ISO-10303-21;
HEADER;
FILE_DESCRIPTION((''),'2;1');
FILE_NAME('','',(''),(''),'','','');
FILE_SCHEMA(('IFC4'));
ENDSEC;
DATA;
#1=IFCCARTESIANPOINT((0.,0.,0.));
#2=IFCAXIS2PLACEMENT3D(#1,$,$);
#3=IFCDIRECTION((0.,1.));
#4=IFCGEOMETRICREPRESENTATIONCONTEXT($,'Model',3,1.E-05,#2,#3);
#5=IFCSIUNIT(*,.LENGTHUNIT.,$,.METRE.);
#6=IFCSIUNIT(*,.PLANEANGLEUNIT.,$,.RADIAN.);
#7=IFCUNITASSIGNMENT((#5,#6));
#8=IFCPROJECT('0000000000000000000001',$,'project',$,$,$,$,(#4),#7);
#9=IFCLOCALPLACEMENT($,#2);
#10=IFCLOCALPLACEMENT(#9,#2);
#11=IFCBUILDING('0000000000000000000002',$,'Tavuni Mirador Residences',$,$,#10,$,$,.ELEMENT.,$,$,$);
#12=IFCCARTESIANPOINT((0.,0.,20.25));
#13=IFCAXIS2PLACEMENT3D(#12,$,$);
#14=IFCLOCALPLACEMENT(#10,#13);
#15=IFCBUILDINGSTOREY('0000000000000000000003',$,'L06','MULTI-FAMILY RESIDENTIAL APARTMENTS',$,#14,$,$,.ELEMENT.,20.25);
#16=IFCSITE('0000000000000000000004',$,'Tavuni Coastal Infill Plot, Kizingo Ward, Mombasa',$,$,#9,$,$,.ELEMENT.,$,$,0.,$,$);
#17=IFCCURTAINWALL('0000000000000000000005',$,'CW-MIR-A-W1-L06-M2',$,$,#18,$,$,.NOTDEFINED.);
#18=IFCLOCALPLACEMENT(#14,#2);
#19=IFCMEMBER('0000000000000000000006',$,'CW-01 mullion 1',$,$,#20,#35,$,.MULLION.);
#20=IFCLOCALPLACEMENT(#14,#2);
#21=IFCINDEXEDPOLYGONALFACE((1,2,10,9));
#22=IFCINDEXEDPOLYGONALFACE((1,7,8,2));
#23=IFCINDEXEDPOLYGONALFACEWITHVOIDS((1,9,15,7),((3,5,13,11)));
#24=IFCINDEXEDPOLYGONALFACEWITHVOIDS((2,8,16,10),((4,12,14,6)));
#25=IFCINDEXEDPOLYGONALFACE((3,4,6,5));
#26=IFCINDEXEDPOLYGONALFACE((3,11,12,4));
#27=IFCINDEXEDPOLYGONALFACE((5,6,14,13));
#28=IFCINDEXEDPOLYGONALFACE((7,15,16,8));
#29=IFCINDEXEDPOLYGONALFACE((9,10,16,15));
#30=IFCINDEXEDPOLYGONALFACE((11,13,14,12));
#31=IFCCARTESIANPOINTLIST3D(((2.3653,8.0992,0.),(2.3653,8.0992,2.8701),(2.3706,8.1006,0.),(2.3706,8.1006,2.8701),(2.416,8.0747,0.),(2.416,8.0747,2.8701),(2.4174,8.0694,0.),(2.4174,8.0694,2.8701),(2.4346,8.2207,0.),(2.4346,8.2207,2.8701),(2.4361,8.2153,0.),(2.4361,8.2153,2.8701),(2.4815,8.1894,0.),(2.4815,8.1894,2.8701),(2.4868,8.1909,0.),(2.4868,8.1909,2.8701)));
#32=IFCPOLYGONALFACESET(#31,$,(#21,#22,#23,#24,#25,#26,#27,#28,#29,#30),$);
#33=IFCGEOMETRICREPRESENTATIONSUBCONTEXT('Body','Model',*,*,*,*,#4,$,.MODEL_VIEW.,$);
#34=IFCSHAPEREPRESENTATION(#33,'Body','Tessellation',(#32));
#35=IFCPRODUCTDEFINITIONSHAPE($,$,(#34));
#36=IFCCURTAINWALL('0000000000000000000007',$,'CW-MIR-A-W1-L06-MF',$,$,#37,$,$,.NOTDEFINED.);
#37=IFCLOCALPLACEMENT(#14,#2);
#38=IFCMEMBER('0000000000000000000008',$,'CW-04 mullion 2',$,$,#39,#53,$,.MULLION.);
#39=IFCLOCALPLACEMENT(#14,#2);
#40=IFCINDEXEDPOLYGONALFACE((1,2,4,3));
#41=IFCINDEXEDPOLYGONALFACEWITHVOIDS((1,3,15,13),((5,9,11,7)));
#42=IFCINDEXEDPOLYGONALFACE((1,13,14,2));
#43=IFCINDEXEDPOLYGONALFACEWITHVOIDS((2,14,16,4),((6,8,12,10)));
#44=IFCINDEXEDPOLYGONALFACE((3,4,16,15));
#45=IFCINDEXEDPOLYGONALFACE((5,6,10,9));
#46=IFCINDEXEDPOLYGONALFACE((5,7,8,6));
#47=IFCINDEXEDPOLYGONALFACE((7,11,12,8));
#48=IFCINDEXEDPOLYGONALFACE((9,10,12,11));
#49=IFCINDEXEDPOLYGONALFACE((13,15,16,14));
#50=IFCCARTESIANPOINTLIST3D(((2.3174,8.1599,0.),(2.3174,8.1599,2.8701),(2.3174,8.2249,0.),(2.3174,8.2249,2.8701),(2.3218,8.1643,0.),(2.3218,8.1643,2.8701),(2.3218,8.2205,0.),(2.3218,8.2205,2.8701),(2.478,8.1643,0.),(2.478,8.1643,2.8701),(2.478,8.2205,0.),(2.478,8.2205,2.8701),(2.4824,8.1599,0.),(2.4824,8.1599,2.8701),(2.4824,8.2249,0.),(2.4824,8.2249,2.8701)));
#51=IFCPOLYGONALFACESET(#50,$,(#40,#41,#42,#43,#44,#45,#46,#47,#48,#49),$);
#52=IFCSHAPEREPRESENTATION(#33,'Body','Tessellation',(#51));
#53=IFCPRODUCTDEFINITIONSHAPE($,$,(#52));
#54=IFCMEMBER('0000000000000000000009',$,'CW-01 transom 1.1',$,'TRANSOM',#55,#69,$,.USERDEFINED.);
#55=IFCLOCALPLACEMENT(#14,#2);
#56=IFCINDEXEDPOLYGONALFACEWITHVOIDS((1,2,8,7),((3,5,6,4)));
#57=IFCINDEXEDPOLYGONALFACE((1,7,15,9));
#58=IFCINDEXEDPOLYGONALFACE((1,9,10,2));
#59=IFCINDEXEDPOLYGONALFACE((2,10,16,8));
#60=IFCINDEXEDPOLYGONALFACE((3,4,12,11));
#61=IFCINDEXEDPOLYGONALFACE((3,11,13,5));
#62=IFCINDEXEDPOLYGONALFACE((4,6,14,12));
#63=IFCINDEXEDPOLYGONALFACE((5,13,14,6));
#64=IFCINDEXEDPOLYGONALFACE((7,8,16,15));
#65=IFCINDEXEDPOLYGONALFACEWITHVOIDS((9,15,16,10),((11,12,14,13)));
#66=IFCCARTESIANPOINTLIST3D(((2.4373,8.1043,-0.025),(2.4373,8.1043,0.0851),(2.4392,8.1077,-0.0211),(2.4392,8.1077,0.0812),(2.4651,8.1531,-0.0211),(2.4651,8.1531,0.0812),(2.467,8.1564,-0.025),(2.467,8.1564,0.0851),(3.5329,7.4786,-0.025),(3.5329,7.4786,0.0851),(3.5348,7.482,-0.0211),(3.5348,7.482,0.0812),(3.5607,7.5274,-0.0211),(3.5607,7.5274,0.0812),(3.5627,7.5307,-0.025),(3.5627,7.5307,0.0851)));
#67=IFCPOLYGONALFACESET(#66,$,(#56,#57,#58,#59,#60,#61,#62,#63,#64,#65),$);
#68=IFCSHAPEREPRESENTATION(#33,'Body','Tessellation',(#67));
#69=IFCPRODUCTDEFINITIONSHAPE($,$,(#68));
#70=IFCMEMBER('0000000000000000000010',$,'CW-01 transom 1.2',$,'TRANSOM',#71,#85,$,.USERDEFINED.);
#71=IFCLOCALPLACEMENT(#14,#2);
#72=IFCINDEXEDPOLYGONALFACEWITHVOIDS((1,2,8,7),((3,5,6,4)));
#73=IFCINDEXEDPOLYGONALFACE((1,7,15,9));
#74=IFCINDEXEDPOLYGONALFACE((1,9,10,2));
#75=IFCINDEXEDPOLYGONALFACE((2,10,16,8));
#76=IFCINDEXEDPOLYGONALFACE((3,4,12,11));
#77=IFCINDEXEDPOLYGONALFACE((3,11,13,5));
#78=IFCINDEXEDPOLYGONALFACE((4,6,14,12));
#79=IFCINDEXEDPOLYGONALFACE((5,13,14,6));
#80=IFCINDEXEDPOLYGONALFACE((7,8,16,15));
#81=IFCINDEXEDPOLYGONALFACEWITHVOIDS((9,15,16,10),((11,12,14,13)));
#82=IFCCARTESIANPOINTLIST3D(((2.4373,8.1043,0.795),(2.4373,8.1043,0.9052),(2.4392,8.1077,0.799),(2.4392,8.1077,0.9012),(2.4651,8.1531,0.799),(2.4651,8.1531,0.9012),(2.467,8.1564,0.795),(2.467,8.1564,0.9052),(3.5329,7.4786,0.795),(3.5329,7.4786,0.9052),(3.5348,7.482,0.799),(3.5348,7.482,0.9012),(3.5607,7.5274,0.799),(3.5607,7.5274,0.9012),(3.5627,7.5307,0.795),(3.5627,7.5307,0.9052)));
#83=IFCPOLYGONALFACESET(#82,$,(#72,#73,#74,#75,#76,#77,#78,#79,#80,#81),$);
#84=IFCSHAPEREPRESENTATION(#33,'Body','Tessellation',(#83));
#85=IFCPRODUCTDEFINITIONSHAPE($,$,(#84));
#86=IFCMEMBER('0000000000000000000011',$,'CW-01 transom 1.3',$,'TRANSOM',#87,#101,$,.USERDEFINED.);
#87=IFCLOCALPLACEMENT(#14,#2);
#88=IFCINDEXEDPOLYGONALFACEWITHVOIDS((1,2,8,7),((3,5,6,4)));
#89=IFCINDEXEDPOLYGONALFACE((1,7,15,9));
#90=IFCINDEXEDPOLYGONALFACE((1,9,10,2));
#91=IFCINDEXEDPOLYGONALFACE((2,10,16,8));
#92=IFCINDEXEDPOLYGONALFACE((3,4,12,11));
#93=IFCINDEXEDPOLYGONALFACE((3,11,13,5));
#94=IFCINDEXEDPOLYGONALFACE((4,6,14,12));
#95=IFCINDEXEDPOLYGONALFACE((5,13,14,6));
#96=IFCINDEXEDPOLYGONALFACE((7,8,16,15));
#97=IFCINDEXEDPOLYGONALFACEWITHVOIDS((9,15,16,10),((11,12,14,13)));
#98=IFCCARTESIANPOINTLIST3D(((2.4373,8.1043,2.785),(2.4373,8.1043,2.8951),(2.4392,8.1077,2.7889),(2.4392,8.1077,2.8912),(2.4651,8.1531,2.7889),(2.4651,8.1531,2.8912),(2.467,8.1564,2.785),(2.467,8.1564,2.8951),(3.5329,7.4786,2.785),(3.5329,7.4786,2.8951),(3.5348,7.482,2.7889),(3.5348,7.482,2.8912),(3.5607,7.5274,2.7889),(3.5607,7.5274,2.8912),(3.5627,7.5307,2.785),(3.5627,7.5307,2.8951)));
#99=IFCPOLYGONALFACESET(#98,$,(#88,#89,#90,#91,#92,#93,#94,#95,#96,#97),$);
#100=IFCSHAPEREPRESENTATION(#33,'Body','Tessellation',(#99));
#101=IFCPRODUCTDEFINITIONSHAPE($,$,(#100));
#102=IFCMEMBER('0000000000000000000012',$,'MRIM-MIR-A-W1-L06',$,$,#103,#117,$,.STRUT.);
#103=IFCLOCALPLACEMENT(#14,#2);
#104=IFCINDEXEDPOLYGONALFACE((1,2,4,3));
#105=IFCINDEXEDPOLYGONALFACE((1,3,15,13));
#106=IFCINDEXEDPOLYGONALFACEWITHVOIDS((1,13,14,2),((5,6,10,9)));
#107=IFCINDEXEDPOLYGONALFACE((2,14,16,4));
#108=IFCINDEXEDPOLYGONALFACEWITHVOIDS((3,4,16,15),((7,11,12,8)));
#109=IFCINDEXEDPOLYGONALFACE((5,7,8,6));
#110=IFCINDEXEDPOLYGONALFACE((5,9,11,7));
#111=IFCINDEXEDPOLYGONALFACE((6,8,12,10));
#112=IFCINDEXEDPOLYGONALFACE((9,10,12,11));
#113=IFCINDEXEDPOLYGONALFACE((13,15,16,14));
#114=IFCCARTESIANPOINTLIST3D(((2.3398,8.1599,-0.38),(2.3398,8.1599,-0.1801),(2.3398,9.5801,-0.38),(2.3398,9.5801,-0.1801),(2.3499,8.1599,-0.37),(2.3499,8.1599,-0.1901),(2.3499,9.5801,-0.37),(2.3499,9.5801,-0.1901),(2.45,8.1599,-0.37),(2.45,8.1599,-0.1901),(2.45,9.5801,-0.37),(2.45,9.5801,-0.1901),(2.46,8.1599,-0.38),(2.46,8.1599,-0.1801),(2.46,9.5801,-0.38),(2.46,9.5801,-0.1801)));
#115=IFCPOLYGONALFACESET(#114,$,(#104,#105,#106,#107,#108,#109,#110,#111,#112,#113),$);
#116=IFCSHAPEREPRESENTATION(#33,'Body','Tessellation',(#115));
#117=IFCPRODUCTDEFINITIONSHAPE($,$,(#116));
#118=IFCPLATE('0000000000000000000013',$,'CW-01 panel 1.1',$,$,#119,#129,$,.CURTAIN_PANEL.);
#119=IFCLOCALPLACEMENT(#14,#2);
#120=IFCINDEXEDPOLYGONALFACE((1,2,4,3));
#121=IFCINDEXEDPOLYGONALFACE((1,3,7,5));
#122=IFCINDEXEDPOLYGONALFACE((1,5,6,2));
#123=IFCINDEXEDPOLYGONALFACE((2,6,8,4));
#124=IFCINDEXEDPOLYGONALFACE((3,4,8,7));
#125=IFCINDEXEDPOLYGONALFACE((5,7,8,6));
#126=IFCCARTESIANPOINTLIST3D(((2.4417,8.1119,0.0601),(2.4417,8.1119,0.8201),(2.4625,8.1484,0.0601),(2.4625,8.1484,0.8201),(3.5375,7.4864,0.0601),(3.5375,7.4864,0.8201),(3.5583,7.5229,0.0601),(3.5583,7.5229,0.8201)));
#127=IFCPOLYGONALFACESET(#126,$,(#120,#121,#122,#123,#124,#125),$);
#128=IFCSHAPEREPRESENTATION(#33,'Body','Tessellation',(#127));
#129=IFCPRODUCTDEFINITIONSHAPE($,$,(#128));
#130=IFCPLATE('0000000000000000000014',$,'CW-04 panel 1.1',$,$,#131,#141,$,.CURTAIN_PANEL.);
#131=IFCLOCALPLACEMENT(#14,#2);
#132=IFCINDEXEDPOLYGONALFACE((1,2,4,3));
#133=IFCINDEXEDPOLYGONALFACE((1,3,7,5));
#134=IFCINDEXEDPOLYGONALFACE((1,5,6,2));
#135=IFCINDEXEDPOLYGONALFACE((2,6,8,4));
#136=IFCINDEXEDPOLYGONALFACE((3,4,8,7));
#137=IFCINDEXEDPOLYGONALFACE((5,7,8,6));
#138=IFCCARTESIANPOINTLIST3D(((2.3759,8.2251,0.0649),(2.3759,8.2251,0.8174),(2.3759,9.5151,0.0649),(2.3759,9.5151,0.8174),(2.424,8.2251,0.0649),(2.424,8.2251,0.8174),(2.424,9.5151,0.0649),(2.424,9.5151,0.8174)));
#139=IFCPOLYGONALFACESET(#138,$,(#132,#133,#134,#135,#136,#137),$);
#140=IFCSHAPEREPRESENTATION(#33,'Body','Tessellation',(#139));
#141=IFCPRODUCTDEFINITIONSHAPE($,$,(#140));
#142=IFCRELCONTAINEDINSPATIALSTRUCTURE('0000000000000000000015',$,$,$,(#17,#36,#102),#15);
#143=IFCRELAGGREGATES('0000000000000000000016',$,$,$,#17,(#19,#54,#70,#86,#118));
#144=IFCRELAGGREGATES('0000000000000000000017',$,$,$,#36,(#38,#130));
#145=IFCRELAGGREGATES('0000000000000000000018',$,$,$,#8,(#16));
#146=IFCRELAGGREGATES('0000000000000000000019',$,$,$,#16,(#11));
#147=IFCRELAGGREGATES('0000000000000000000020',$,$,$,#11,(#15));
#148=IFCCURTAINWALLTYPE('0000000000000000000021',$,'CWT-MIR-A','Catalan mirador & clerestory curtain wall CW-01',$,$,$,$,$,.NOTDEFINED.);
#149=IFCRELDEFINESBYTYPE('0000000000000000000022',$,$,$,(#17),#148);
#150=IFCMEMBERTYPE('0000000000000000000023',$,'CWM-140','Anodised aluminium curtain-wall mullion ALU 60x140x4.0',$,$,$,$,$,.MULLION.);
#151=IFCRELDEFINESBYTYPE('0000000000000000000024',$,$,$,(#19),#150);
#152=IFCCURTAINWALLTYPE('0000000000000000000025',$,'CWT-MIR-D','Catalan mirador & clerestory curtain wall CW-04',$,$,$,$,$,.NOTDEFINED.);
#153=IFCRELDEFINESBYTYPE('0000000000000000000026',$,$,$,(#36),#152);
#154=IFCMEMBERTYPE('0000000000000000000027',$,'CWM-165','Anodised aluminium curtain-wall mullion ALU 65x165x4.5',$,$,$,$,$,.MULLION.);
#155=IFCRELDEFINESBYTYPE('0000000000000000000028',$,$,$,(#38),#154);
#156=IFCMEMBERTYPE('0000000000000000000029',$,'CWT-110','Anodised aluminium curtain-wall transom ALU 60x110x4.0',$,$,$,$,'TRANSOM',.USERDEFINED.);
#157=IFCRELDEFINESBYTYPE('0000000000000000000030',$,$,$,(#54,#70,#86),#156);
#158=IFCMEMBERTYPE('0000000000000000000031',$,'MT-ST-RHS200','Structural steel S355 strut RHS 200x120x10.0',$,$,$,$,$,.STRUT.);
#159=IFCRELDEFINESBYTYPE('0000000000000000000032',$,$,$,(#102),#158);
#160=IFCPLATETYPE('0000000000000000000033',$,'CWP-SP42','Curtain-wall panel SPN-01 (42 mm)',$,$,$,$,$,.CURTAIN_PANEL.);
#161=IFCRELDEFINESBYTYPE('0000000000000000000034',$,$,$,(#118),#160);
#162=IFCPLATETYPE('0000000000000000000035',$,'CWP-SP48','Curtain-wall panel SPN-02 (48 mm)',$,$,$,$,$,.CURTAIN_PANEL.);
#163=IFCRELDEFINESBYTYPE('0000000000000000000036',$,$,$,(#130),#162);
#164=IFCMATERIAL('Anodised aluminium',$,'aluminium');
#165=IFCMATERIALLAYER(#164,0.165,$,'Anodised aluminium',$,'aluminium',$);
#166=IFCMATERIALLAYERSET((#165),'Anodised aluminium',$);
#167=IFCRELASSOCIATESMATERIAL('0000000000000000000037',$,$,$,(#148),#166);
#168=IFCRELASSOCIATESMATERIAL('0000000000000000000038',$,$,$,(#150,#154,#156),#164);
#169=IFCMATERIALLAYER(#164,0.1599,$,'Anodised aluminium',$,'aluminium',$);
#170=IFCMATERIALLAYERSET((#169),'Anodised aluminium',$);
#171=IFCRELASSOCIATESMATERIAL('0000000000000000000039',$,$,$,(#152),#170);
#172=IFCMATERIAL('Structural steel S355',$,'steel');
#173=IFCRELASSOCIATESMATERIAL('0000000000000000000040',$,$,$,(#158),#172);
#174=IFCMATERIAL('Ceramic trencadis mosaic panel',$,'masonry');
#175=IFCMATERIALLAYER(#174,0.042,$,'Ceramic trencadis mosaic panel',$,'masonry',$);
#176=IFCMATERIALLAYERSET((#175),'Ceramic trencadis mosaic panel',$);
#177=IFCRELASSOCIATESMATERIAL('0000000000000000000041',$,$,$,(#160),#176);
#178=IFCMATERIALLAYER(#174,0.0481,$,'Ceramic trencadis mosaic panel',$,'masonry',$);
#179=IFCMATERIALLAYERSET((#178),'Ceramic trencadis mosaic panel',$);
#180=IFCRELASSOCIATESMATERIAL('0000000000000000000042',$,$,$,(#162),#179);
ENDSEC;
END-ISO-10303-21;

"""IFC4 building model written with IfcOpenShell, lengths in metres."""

from ifc_helpers import new_model, si_unit, direction, frame, origin, origin_2d, place, context, subcontext, project, spatial, rectangle, hollow_rectangle, extrude, material, layer, layer_set, material_profile, profile_set, type_object, element, aggregate, save


model = new_model("IFC4")

# Units and contexts
model_context = context("Model", 3, precision=1e-05, world=origin(), true_north=direction((0.0, 1.0)))
body_context = subcontext(model_context, "Body", "Model", "MODEL_VIEW")
ifc_project = project(units=[si_unit("LENGTHUNIT", "METRE"), si_unit("PLANEANGLEUNIT", "RADIAN")], contexts=[model_context])

# Site, building, storey
site_placement = place(None, origin())
site = spatial("IfcSite", under=ifc_project, at=site_placement, Name="Tavuni Coastal Infill Plot, Kizingo Ward, Mombasa", CompositionType="ELEMENT", RefElevation=0.0)
building_placement = place(site_placement, origin())
building = spatial("IfcBuilding", under=site, at=building_placement, Name="Tavuni Mirador Residences", CompositionType="ELEMENT")
storey_placement = place(building_placement, frame((0.0, 0.0, 20.25)))
storey = spatial("IfcBuildingStorey", under=building, at=storey_placement, Name="L06", Description="MULTI-FAMILY RESIDENTIAL APARTMENTS", CompositionType="ELEMENT", Elevation=20.25)

# Curtain walls, members
ifc_material_1 = material(Name="Anodised aluminium", Category="aluminium")
ifc_layer_1 = layer(ifc_material_1, 0.165, Name="Anodised aluminium", Category="aluminium")
ifc_layer_set_1 = layer_set([ifc_layer_1], Name="Anodised aluminium")
curtain_wall_type_1 = type_object("IfcCurtainWallType", Name="CWT-MIR-A", Description="Catalan mirador & clerestory curtain wall CW-01", PredefinedType="NOTDEFINED", material=ifc_layer_set_1)
curtain_wall_1_placement = place(storey_placement, origin())
curtain_wall_1 = element("IfcCurtainWall", 1, at=curtain_wall_1_placement, inside=storey, type_object=curtain_wall_type_1, Name="CW-MIR-A-W1-L06-M2", PredefinedType="NOTDEFINED")
ifc_material_profile_1 = material_profile(ifc_material_1, hollow_rectangle(XDim=0.0601, YDim=0.1399, WallThickness=0.0039, at=origin_2d()), Name="ALU 60x140x4.0", Category="aluminium")
ifc_profile_set_1 = profile_set([ifc_material_profile_1], Name="Anodised aluminium")
member_type_1 = type_object("IfcMemberType", Name="CWM-140", Description="Anodised aluminium curtain-wall mullion ALU 60x140x4.0", PredefinedType="MULLION", material=ifc_profile_set_1)
member_1_placement = place(storey_placement, frame((2.426, 8.145, 0.0), z_axis=(0.0, 0.0, 1.0), x_axis=(0.868466, -0.495749, 0.0)))
member_1 = element("IfcMember", 2, at=member_1_placement, type_object=member_type_1, Name="CW-01 mullion 1", PredefinedType="MULLION", context=body_context, shape_type="SweptSolid", body=[
    extrude(hollow_rectangle(XDim=0.0601, YDim=0.1399, WallThickness=0.0039, at=origin_2d()), origin(), (0.0, 0.0, 1.0), 2.8701),
])
ifc_layer_2 = layer(ifc_material_1, 0.1599, Name="Anodised aluminium", Category="aluminium")
ifc_layer_set_2 = layer_set([ifc_layer_2], Name="Anodised aluminium")
curtain_wall_type_2 = type_object("IfcCurtainWallType", Name="CWT-MIR-D", Description="Catalan mirador & clerestory curtain wall CW-04", PredefinedType="NOTDEFINED", material=ifc_layer_set_2)
curtain_wall_2_placement = place(storey_placement, origin())
curtain_wall_2 = element("IfcCurtainWall", 3, at=curtain_wall_2_placement, inside=storey, type_object=curtain_wall_type_2, Name="CW-MIR-A-W1-L06-MF", PredefinedType="NOTDEFINED")
ifc_material_profile_2 = material_profile(ifc_material_1, hollow_rectangle(XDim=0.0649, YDim=0.165, WallThickness=0.0044, at=origin_2d()), Name="ALU 65x165x4.5", Category="aluminium")
ifc_profile_set_2 = profile_set([ifc_material_profile_2], Name="Anodised aluminium")
member_type_2 = type_object("IfcMemberType", Name="CWM-165", Description="Anodised aluminium curtain-wall mullion ALU 65x165x4.5", PredefinedType="MULLION", material=ifc_profile_set_2)
member_2_placement = place(storey_placement, frame((2.3999, 8.1924, 0.0), z_axis=(0.0, 0.0, 1.0), x_axis=(0.0, -1.0, 0.0)))
member_2 = element("IfcMember", 4, at=member_2_placement, type_object=member_type_2, Name="CW-04 mullion 2", PredefinedType="MULLION", context=body_context, shape_type="SweptSolid", body=[
    extrude(hollow_rectangle(XDim=0.0649, YDim=0.165, WallThickness=0.0044, at=origin_2d()), origin(), (0.0, 0.0, 1.0), 2.8701),
])

# Members
ifc_material_profile_3 = material_profile(ifc_material_1, hollow_rectangle(XDim=0.0601, YDim=0.1101, WallThickness=0.0039, at=origin_2d()), Name="ALU 60x110x4.0", Category="aluminium")
ifc_profile_set_3 = profile_set([ifc_material_profile_3], Name="Anodised aluminium")
member_type_3 = type_object("IfcMemberType", Name="CWT-110", Description="Anodised aluminium curtain-wall transom ALU 60x110x4.0", ElementType="TRANSOM", PredefinedType="USERDEFINED", material=ifc_profile_set_3)
member_3_placement = place(storey_placement, frame((2.4521, 8.1304, 0.03), z_axis=(0.868374, -0.49591, 0.0), x_axis=(0.49591, 0.868374, 0.0)))
member_3 = element("IfcMember", 5, at=member_3_placement, type_object=member_type_3, Name="CW-01 transom 1.1", ObjectType="TRANSOM", PredefinedType="USERDEFINED", context=body_context, shape_type="SweptSolid", body=[
    extrude(hollow_rectangle(XDim=0.0601, YDim=0.1101, WallThickness=0.0039, at=origin_2d()), origin(), (0.0, 0.0, 1.0), 1.2617),
])
member_4_placement = place(storey_placement, frame((2.4521, 8.1304, 0.8501), z_axis=(0.868374, -0.49591, 0.0), x_axis=(0.49591, 0.868374, 0.0)))
member_4 = element("IfcMember", 6, at=member_4_placement, type_object=member_type_3, Name="CW-01 transom 1.2", ObjectType="TRANSOM", PredefinedType="USERDEFINED", context=body_context, shape_type="SweptSolid", body=[
    extrude(hollow_rectangle(XDim=0.0601, YDim=0.1101, WallThickness=0.0039, at=origin_2d()), origin(), (0.0, 0.0, 1.0), 1.2617),
])
member_5_placement = place(storey_placement, frame((2.4521, 8.1304, 2.8401), z_axis=(0.868374, -0.49591, 0.0), x_axis=(0.49591, 0.868374, 0.0)))
member_5 = element("IfcMember", 7, at=member_5_placement, type_object=member_type_3, Name="CW-01 transom 1.3", ObjectType="TRANSOM", PredefinedType="USERDEFINED", context=body_context, shape_type="SweptSolid", body=[
    extrude(hollow_rectangle(XDim=0.0601, YDim=0.1101, WallThickness=0.0039, at=origin_2d()), origin(), (0.0, 0.0, 1.0), 1.2617),
])
ifc_material_2 = material(Name="Structural steel S355", Category="steel")
ifc_material_profile_4 = material_profile(ifc_material_2, hollow_rectangle(XDim=0.1201, YDim=0.2, WallThickness=0.01, at=origin_2d()), Name="RHS 200x120x10.0", Category="steel")
ifc_profile_set_4 = profile_set([ifc_material_profile_4], Name="Structural steel S355")
member_type_4 = type_object("IfcMemberType", Name="MT-ST-RHS200", Description="Structural steel S355 strut RHS 200x120x10.0", PredefinedType="STRUT", material=ifc_profile_set_4)
member_6_placement = place(storey_placement, frame((2.3999, 8.1599, -0.28), z_axis=(0.0, 1.0, 0.0), x_axis=(-1.0, 0.0, 0.0)))
element("IfcMember", 8, at=member_6_placement, inside=storey, type_object=member_type_4, Name="MRIM-MIR-A-W1-L06", PredefinedType="STRUT", context=body_context, shape_type="SweptSolid", body=[
    extrude(hollow_rectangle(XDim=0.1201, YDim=0.2, WallThickness=0.01, at=origin_2d()), origin(), (0.0, 0.0, 1.0), 1.4202),
])

# Plates
ifc_material_3 = material(Name="Ceramic trencadis mosaic panel", Category="masonry")
ifc_layer_3 = layer(ifc_material_3, 0.042, Name="Ceramic trencadis mosaic panel", Category="masonry")
ifc_layer_set_3 = layer_set([ifc_layer_3], Name="Ceramic trencadis mosaic panel")
plate_type_1 = type_object("IfcPlateType", Name="CWP-SP42", Description="Curtain-wall panel SPN-01 (42 mm)", PredefinedType="CURTAIN_PANEL", material=ifc_layer_set_3)
plate_1_placement = place(storey_placement, frame((3.0, 7.8174, 0.0601), z_axis=(0.0, 0.0, 1.0), x_axis=(0.868466, -0.495749, 0.0)))
plate_1 = element("IfcPlate", 9, at=plate_1_placement, type_object=plate_type_1, Name="CW-01 panel 1.1", PredefinedType="CURTAIN_PANEL", context=body_context, shape_type="SweptSolid", body=[
    extrude(rectangle(XDim=1.2617, YDim=0.042, at=origin_2d()), origin(), (0.0, 0.0, 1.0), 0.76),
])
aggregate(curtain_wall_1, [member_1, member_3, member_4, member_5, plate_1])
ifc_layer_4 = layer(ifc_material_3, 0.0481, Name="Ceramic trencadis mosaic panel", Category="masonry")
ifc_layer_set_4 = layer_set([ifc_layer_4], Name="Ceramic trencadis mosaic panel")
plate_type_2 = type_object("IfcPlateType", Name="CWP-SP48", Description="Curtain-wall panel SPN-02 (48 mm)", PredefinedType="CURTAIN_PANEL", material=ifc_layer_set_4)
plate_2_placement = place(storey_placement, frame((2.3999, 8.8701, 0.0649), z_axis=(0.0, 0.0, 1.0), x_axis=(0.0, -1.0, 0.0)))
plate_2 = element("IfcPlate", 10, at=plate_2_placement, type_object=plate_type_2, Name="CW-04 panel 1.1", PredefinedType="CURTAIN_PANEL", context=body_context, shape_type="SweptSolid", body=[
    extrude(rectangle(XDim=1.29, YDim=0.0481, at=origin_2d()), origin(), (0.0, 0.0, 1.0), 0.7524),
])
aggregate(curtain_wall_2, [member_2, plate_2])

save(model, "model.ifc")
